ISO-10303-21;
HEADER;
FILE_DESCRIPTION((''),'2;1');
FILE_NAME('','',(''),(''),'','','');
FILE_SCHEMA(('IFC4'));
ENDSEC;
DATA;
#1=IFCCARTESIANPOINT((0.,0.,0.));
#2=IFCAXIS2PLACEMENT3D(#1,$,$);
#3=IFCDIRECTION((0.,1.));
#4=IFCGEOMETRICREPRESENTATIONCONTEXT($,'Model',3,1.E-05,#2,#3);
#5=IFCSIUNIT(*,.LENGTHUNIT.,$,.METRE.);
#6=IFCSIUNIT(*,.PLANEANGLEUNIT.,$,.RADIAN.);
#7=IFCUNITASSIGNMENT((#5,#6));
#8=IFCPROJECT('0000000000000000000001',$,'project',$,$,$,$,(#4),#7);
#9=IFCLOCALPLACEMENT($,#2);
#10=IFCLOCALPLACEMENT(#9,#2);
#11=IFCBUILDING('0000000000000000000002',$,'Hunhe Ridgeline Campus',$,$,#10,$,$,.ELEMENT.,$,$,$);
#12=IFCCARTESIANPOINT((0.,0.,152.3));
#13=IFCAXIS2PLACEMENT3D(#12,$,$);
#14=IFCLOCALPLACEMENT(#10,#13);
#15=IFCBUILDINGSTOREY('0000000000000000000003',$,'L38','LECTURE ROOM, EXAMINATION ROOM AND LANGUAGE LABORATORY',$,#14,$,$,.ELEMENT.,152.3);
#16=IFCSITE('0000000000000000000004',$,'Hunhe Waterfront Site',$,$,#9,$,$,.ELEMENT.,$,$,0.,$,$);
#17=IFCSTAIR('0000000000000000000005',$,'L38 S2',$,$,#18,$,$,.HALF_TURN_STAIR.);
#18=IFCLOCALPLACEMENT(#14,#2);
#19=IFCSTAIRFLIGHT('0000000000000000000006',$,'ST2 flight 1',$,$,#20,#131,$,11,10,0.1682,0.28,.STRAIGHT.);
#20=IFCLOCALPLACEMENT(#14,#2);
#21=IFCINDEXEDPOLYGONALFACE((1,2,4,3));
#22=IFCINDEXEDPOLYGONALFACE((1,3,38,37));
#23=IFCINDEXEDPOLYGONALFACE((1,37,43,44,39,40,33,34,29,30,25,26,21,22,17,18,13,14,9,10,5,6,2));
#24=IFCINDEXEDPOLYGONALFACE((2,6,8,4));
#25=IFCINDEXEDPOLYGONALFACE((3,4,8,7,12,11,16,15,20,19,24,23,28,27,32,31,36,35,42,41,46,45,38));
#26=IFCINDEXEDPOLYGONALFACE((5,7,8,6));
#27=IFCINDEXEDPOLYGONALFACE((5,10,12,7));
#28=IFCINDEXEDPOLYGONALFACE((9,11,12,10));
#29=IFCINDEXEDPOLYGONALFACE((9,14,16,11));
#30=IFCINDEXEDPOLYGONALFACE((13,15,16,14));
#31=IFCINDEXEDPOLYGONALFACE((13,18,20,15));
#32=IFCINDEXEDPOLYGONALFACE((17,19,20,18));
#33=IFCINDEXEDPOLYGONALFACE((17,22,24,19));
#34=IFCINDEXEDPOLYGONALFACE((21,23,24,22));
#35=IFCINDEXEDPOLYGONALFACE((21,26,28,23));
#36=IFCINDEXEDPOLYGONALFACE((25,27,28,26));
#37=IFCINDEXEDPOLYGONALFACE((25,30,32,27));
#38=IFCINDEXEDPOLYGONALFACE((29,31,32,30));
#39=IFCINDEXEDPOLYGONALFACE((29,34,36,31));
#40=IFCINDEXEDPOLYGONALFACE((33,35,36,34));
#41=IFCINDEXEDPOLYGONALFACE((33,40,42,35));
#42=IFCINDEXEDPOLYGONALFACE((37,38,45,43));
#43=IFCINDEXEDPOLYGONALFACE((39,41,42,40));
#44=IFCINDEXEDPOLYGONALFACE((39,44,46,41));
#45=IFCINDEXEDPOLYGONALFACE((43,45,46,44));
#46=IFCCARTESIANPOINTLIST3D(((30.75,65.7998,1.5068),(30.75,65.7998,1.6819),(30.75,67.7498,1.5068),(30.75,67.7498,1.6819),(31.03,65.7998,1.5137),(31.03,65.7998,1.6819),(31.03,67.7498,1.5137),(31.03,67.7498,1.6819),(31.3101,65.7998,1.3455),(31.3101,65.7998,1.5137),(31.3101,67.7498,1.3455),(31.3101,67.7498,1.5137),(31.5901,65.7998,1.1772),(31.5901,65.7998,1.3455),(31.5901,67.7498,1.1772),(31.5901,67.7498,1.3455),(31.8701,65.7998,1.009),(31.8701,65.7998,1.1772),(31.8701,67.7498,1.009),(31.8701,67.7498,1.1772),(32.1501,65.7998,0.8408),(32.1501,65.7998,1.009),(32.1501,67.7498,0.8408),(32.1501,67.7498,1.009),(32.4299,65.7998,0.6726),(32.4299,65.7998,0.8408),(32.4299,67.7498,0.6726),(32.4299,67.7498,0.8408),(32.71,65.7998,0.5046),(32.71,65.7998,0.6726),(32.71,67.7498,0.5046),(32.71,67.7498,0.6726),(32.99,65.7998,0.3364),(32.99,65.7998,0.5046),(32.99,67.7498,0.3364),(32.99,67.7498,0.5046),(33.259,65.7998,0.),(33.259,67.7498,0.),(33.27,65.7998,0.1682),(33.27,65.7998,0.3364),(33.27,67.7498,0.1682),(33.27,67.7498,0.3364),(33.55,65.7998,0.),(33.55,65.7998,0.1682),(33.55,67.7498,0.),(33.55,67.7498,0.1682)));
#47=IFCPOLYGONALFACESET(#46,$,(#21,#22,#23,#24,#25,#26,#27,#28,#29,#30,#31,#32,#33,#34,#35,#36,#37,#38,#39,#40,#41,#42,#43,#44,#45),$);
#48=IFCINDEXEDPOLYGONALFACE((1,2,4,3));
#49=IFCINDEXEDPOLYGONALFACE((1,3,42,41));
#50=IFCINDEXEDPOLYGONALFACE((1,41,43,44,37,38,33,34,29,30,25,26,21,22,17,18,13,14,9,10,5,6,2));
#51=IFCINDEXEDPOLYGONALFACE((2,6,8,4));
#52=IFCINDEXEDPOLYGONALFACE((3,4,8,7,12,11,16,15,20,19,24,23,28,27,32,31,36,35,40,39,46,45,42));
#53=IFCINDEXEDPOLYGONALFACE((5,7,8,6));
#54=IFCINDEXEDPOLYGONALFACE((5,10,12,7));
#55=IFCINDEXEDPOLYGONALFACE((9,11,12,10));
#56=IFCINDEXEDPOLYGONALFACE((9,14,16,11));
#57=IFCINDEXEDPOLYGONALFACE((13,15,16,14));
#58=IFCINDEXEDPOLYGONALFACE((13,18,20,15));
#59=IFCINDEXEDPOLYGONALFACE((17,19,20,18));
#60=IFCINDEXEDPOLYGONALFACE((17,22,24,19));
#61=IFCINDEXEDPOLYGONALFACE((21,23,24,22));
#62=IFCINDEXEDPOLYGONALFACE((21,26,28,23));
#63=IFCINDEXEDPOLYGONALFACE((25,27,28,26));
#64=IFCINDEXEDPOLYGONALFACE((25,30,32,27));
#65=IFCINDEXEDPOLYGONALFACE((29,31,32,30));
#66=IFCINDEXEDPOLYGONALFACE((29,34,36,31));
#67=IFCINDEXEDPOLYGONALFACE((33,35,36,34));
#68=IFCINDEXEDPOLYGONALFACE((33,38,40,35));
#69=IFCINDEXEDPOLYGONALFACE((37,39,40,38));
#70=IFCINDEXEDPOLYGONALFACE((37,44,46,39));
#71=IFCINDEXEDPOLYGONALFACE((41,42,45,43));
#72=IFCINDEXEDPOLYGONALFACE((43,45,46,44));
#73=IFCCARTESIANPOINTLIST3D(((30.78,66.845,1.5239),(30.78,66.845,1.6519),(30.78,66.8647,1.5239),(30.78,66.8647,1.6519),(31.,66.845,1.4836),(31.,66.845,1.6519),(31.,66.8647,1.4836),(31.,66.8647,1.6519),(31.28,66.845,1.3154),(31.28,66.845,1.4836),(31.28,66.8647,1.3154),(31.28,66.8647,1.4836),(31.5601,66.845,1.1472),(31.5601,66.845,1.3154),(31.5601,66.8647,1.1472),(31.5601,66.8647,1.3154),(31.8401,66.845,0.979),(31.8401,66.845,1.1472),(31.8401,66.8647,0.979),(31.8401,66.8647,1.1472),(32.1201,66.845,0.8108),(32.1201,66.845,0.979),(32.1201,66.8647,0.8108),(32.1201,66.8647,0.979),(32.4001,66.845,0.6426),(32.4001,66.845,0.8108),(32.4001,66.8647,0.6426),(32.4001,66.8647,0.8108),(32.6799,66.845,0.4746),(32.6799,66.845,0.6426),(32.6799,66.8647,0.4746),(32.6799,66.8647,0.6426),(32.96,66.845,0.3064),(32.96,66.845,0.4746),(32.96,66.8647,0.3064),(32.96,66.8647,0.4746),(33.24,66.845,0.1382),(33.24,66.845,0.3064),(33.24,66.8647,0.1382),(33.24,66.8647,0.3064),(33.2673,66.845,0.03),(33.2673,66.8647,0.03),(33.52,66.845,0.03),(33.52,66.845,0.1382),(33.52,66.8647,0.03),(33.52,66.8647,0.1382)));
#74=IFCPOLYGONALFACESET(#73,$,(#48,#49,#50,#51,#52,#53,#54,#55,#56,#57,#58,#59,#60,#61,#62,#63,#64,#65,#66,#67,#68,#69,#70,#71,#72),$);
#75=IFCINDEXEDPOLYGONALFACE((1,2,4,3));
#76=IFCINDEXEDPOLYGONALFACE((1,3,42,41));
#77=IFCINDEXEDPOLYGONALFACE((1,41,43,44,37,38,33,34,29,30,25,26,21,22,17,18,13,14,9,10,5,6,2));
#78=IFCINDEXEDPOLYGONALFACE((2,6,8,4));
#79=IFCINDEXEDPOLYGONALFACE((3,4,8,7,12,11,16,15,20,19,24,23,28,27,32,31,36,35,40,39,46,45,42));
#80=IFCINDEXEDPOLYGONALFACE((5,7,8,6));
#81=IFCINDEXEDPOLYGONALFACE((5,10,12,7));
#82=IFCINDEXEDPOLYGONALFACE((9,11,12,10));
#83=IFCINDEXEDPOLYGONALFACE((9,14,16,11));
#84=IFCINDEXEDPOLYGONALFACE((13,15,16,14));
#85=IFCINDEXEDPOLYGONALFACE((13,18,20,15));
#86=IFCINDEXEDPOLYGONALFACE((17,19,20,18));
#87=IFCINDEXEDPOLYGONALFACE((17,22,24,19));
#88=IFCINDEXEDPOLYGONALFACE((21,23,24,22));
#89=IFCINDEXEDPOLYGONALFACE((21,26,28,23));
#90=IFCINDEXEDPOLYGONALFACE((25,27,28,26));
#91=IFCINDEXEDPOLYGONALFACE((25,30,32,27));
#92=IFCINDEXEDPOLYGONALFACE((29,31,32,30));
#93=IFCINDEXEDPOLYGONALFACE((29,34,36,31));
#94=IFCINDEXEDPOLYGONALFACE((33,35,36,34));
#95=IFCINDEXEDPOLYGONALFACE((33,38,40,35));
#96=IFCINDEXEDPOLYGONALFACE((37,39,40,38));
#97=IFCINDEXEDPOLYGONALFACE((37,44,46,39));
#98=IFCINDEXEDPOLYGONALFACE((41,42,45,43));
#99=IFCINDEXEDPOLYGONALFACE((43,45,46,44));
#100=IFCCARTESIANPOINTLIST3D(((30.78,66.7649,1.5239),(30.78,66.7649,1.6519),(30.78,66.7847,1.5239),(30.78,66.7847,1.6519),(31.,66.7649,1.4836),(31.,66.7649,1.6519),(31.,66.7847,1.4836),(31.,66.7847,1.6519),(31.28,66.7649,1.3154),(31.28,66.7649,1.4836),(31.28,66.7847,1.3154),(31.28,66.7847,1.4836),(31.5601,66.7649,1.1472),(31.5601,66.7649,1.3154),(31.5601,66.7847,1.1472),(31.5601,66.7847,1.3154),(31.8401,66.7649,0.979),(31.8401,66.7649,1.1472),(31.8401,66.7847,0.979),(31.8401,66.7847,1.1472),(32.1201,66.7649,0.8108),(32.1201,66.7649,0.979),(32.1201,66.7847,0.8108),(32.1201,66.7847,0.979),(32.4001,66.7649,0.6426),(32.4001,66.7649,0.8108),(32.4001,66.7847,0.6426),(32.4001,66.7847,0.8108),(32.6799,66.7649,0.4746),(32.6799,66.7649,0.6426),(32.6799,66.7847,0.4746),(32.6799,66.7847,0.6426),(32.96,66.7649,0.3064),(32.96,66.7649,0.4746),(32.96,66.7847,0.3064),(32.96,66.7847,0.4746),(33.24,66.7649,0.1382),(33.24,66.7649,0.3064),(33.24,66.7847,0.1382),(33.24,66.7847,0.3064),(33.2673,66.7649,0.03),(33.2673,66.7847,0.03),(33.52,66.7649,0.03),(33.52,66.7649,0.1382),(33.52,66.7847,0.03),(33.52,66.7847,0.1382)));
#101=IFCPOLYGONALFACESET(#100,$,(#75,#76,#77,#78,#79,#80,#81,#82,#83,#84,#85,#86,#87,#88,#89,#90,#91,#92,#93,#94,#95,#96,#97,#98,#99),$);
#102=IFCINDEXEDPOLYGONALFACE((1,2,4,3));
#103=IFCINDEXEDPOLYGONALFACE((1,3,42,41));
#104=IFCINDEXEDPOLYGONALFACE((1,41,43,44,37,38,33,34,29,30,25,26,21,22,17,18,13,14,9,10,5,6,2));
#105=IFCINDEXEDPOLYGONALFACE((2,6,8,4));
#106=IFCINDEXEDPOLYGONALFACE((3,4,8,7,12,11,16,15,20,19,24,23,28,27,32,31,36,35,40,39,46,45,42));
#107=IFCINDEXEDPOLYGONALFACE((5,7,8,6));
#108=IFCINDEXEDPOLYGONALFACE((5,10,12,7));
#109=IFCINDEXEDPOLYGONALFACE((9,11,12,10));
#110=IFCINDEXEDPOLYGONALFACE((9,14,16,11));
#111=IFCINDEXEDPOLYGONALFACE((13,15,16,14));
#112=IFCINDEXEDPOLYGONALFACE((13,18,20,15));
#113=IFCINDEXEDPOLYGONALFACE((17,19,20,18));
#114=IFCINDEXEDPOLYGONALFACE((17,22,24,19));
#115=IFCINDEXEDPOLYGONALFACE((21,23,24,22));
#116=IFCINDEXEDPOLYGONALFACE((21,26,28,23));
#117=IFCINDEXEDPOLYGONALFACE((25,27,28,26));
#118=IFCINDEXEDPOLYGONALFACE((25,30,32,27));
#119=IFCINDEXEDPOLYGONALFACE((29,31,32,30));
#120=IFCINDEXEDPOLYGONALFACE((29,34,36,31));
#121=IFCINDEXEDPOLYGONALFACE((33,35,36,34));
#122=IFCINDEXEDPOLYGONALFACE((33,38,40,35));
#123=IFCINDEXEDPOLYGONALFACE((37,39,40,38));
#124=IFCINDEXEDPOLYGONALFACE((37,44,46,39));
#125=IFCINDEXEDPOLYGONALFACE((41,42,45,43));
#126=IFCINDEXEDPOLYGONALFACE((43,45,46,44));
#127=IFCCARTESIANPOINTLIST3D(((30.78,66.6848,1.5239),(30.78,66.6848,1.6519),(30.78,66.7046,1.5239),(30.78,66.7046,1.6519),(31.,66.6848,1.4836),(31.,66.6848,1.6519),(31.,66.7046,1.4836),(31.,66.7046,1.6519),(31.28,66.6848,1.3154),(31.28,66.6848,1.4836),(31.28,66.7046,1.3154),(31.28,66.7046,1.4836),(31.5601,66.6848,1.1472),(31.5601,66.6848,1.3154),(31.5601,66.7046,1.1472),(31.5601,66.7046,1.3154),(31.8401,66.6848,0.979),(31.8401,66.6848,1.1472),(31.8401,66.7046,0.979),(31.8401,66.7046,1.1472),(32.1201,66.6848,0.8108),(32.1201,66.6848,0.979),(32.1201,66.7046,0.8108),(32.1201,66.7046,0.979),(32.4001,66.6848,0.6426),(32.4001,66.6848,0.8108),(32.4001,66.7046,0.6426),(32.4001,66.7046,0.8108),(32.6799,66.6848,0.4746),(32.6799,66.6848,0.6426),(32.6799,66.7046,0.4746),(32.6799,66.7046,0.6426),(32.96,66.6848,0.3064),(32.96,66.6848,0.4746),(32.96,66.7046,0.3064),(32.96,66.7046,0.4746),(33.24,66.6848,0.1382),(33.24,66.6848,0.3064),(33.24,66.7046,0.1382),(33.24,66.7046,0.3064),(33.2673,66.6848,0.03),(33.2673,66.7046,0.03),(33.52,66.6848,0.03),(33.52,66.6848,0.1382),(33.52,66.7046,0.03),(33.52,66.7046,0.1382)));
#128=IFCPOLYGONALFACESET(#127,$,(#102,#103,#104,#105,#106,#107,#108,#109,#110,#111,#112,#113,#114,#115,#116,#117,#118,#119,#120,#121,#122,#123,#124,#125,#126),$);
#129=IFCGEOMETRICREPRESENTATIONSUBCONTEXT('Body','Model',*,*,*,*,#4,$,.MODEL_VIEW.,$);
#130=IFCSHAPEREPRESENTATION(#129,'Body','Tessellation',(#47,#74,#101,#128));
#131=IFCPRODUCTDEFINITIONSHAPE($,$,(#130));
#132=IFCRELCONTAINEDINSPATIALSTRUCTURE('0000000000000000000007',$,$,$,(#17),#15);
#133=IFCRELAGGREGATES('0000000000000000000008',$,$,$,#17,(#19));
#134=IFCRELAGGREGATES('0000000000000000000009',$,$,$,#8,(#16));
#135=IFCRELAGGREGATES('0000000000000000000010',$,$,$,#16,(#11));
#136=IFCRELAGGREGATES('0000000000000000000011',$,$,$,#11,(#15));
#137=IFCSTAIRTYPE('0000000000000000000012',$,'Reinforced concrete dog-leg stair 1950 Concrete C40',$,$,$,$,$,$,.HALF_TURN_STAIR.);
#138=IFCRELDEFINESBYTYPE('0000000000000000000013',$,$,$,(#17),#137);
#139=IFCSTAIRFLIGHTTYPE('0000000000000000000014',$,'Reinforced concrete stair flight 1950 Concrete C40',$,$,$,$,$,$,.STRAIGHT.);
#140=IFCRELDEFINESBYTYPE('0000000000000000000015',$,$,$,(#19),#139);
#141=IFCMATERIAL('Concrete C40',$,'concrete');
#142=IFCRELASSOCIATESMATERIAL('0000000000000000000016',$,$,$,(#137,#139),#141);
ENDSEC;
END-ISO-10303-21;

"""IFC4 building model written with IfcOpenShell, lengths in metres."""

from ifc_helpers import new_model, si_unit, direction, frame, origin, place, context, subcontext, project, spatial, polyline, outline, extrude, material, type_object, element, aggregate, save


model = new_model("IFC4")

# Units and contexts
model_context = context("Model", 3, precision=1e-05, world=origin(), true_north=direction((0.0, 1.0)))
body_context = subcontext(model_context, "Body", "Model", "MODEL_VIEW")
ifc_project = project(units=[si_unit("LENGTHUNIT", "METRE"), si_unit("PLANEANGLEUNIT", "RADIAN")], contexts=[model_context])

# Site, building, storey
site_placement = place(None, origin())
site = spatial("IfcSite", under=ifc_project, at=site_placement, Name="Hunhe Waterfront Site", CompositionType="ELEMENT", RefElevation=0.0)
building_placement = place(site_placement, origin())
building = spatial("IfcBuilding", under=site, at=building_placement, Name="Hunhe Ridgeline Campus", CompositionType="ELEMENT")
storey_placement = place(building_placement, frame((0.0, 0.0, 152.3)))
storey = spatial("IfcBuildingStorey", under=building, at=storey_placement, Name="L38", Description="LECTURE ROOM, EXAMINATION ROOM AND LANGUAGE LABORATORY", CompositionType="ELEMENT", Elevation=152.3)

# Stair, stair flight
ifc_material_1 = material(Name="Concrete C40", Category="concrete")
stair_type = type_object("IfcStairType", Name="Reinforced concrete dog-leg stair 1950 Concrete C40", PredefinedType="HALF_TURN_STAIR", material=ifc_material_1)
stair_placement = place(storey_placement, origin())
stair = element("IfcStair", 1, at=stair_placement, inside=storey, type_object=stair_type, Name="L38 S2", PredefinedType="HALF_TURN_STAIR")
stair_flight_type = type_object("IfcStairFlightType", Name="Reinforced concrete stair flight 1950 Concrete C40", PredefinedType="STRAIGHT", material=ifc_material_1)
stair_flight_1_placement = place(storey_placement, frame((33.55, 66.7749, 0.0), z_axis=(0.0, 0.0, 1.0), x_axis=(-1.0, 0.0, 0.0)))
stair_flight_1 = element("IfcStairFlight", 2, at=stair_flight_1_placement, type_object=stair_flight_type, Name="ST2 flight 1", NumberOfRisers=11, NumberOfTreads=10, PredefinedType="STRAIGHT", RiserHeight=0.1682, TreadLength=0.28, context=body_context, shape_type="SweptSolid", body=[
    extrude(outline(polyline([(0.0, 0.0), (0.0, 0.1682), (0.28, 0.1682), (0.28, 0.3364), (0.5601, 0.3364), (0.5601, 0.5046), (0.8401, 0.5046), (0.8401, 0.6726), (1.1201, 0.6726), (1.1201, 0.8408), (1.3999, 0.8408), (1.3999, 1.009), (1.6799, 1.009), (1.6799, 1.1772), (1.96, 1.1772), (1.96, 1.3455), (2.24, 1.3455), (2.24, 1.5137), (2.52, 1.5137), (2.52, 1.6819), (2.8, 1.6819), (2.8, 1.8501), (2.8, 1.5068), (0.291, 0.0), (0.0, 0.0)])), frame((0.0, 0.9751, 0.0), z_axis=(0.0, -1.0, 0.0), x_axis=(1.0, 0.0, 0.0)), (0.0, 0.0, 1.0), 1.95),
    extrude(outline(polyline([(0.03, 0.03), (0.03, 0.1382), (0.3101, 0.1382), (0.3101, 0.3064), (0.5901, 0.3064), (0.5901, 0.4746), (0.8701, 0.4746), (0.8701, 0.6426), (1.1499, 0.6426), (1.1499, 0.8108), (1.4299, 0.8108), (1.4299, 0.979), (1.71, 0.979), (1.71, 1.1472), (1.99, 1.1472), (1.99, 1.3154), (2.27, 1.3154), (2.27, 1.4836), (2.55, 1.4836), (2.55, 1.6519), (2.77, 1.6519), (2.77, 1.5239), (0.2827, 0.03), (0.03, 0.03)])), frame((0.0, -0.0701, 0.0), z_axis=(0.0, -1.0, 0.0), x_axis=(1.0, 0.0, 0.0)), (0.0, 0.0, 1.0), 0.0198),
    extrude(outline(polyline([(0.03, 0.03), (0.03, 0.1382), (0.3101, 0.1382), (0.3101, 0.3064), (0.5901, 0.3064), (0.5901, 0.4746), (0.8701, 0.4746), (0.8701, 0.6426), (1.1499, 0.6426), (1.1499, 0.8108), (1.4299, 0.8108), (1.4299, 0.979), (1.71, 0.979), (1.71, 1.1472), (1.99, 1.1472), (1.99, 1.3154), (2.27, 1.3154), (2.27, 1.4836), (2.55, 1.4836), (2.55, 1.6519), (2.77, 1.6519), (2.77, 1.5239), (0.2827, 0.03), (0.03, 0.03)])), frame((0.0, 0.01, 0.0), z_axis=(0.0, -1.0, 0.0), x_axis=(1.0, 0.0, 0.0)), (0.0, 0.0, 1.0), 0.0198),
    extrude(outline(polyline([(0.03, 0.03), (0.03, 0.1382), (0.3101, 0.1382), (0.3101, 0.3064), (0.5901, 0.3064), (0.5901, 0.4746), (0.8701, 0.4746), (0.8701, 0.6426), (1.1499, 0.6426), (1.1499, 0.8108), (1.4299, 0.8108), (1.4299, 0.979), (1.71, 0.979), (1.71, 1.1472), (1.99, 1.1472), (1.99, 1.3154), (2.27, 1.3154), (2.27, 1.4836), (2.55, 1.4836), (2.55, 1.6519), (2.77, 1.6519), (2.77, 1.5239), (0.2827, 0.03), (0.03, 0.03)])), frame((0.0, 0.0901, 0.0), z_axis=(0.0, -1.0, 0.0), x_axis=(1.0, 0.0, 0.0)), (0.0, 0.0, 1.0), 0.0198),
])
aggregate(stair, [stair_flight_1])

save(model, "model.ifc")
